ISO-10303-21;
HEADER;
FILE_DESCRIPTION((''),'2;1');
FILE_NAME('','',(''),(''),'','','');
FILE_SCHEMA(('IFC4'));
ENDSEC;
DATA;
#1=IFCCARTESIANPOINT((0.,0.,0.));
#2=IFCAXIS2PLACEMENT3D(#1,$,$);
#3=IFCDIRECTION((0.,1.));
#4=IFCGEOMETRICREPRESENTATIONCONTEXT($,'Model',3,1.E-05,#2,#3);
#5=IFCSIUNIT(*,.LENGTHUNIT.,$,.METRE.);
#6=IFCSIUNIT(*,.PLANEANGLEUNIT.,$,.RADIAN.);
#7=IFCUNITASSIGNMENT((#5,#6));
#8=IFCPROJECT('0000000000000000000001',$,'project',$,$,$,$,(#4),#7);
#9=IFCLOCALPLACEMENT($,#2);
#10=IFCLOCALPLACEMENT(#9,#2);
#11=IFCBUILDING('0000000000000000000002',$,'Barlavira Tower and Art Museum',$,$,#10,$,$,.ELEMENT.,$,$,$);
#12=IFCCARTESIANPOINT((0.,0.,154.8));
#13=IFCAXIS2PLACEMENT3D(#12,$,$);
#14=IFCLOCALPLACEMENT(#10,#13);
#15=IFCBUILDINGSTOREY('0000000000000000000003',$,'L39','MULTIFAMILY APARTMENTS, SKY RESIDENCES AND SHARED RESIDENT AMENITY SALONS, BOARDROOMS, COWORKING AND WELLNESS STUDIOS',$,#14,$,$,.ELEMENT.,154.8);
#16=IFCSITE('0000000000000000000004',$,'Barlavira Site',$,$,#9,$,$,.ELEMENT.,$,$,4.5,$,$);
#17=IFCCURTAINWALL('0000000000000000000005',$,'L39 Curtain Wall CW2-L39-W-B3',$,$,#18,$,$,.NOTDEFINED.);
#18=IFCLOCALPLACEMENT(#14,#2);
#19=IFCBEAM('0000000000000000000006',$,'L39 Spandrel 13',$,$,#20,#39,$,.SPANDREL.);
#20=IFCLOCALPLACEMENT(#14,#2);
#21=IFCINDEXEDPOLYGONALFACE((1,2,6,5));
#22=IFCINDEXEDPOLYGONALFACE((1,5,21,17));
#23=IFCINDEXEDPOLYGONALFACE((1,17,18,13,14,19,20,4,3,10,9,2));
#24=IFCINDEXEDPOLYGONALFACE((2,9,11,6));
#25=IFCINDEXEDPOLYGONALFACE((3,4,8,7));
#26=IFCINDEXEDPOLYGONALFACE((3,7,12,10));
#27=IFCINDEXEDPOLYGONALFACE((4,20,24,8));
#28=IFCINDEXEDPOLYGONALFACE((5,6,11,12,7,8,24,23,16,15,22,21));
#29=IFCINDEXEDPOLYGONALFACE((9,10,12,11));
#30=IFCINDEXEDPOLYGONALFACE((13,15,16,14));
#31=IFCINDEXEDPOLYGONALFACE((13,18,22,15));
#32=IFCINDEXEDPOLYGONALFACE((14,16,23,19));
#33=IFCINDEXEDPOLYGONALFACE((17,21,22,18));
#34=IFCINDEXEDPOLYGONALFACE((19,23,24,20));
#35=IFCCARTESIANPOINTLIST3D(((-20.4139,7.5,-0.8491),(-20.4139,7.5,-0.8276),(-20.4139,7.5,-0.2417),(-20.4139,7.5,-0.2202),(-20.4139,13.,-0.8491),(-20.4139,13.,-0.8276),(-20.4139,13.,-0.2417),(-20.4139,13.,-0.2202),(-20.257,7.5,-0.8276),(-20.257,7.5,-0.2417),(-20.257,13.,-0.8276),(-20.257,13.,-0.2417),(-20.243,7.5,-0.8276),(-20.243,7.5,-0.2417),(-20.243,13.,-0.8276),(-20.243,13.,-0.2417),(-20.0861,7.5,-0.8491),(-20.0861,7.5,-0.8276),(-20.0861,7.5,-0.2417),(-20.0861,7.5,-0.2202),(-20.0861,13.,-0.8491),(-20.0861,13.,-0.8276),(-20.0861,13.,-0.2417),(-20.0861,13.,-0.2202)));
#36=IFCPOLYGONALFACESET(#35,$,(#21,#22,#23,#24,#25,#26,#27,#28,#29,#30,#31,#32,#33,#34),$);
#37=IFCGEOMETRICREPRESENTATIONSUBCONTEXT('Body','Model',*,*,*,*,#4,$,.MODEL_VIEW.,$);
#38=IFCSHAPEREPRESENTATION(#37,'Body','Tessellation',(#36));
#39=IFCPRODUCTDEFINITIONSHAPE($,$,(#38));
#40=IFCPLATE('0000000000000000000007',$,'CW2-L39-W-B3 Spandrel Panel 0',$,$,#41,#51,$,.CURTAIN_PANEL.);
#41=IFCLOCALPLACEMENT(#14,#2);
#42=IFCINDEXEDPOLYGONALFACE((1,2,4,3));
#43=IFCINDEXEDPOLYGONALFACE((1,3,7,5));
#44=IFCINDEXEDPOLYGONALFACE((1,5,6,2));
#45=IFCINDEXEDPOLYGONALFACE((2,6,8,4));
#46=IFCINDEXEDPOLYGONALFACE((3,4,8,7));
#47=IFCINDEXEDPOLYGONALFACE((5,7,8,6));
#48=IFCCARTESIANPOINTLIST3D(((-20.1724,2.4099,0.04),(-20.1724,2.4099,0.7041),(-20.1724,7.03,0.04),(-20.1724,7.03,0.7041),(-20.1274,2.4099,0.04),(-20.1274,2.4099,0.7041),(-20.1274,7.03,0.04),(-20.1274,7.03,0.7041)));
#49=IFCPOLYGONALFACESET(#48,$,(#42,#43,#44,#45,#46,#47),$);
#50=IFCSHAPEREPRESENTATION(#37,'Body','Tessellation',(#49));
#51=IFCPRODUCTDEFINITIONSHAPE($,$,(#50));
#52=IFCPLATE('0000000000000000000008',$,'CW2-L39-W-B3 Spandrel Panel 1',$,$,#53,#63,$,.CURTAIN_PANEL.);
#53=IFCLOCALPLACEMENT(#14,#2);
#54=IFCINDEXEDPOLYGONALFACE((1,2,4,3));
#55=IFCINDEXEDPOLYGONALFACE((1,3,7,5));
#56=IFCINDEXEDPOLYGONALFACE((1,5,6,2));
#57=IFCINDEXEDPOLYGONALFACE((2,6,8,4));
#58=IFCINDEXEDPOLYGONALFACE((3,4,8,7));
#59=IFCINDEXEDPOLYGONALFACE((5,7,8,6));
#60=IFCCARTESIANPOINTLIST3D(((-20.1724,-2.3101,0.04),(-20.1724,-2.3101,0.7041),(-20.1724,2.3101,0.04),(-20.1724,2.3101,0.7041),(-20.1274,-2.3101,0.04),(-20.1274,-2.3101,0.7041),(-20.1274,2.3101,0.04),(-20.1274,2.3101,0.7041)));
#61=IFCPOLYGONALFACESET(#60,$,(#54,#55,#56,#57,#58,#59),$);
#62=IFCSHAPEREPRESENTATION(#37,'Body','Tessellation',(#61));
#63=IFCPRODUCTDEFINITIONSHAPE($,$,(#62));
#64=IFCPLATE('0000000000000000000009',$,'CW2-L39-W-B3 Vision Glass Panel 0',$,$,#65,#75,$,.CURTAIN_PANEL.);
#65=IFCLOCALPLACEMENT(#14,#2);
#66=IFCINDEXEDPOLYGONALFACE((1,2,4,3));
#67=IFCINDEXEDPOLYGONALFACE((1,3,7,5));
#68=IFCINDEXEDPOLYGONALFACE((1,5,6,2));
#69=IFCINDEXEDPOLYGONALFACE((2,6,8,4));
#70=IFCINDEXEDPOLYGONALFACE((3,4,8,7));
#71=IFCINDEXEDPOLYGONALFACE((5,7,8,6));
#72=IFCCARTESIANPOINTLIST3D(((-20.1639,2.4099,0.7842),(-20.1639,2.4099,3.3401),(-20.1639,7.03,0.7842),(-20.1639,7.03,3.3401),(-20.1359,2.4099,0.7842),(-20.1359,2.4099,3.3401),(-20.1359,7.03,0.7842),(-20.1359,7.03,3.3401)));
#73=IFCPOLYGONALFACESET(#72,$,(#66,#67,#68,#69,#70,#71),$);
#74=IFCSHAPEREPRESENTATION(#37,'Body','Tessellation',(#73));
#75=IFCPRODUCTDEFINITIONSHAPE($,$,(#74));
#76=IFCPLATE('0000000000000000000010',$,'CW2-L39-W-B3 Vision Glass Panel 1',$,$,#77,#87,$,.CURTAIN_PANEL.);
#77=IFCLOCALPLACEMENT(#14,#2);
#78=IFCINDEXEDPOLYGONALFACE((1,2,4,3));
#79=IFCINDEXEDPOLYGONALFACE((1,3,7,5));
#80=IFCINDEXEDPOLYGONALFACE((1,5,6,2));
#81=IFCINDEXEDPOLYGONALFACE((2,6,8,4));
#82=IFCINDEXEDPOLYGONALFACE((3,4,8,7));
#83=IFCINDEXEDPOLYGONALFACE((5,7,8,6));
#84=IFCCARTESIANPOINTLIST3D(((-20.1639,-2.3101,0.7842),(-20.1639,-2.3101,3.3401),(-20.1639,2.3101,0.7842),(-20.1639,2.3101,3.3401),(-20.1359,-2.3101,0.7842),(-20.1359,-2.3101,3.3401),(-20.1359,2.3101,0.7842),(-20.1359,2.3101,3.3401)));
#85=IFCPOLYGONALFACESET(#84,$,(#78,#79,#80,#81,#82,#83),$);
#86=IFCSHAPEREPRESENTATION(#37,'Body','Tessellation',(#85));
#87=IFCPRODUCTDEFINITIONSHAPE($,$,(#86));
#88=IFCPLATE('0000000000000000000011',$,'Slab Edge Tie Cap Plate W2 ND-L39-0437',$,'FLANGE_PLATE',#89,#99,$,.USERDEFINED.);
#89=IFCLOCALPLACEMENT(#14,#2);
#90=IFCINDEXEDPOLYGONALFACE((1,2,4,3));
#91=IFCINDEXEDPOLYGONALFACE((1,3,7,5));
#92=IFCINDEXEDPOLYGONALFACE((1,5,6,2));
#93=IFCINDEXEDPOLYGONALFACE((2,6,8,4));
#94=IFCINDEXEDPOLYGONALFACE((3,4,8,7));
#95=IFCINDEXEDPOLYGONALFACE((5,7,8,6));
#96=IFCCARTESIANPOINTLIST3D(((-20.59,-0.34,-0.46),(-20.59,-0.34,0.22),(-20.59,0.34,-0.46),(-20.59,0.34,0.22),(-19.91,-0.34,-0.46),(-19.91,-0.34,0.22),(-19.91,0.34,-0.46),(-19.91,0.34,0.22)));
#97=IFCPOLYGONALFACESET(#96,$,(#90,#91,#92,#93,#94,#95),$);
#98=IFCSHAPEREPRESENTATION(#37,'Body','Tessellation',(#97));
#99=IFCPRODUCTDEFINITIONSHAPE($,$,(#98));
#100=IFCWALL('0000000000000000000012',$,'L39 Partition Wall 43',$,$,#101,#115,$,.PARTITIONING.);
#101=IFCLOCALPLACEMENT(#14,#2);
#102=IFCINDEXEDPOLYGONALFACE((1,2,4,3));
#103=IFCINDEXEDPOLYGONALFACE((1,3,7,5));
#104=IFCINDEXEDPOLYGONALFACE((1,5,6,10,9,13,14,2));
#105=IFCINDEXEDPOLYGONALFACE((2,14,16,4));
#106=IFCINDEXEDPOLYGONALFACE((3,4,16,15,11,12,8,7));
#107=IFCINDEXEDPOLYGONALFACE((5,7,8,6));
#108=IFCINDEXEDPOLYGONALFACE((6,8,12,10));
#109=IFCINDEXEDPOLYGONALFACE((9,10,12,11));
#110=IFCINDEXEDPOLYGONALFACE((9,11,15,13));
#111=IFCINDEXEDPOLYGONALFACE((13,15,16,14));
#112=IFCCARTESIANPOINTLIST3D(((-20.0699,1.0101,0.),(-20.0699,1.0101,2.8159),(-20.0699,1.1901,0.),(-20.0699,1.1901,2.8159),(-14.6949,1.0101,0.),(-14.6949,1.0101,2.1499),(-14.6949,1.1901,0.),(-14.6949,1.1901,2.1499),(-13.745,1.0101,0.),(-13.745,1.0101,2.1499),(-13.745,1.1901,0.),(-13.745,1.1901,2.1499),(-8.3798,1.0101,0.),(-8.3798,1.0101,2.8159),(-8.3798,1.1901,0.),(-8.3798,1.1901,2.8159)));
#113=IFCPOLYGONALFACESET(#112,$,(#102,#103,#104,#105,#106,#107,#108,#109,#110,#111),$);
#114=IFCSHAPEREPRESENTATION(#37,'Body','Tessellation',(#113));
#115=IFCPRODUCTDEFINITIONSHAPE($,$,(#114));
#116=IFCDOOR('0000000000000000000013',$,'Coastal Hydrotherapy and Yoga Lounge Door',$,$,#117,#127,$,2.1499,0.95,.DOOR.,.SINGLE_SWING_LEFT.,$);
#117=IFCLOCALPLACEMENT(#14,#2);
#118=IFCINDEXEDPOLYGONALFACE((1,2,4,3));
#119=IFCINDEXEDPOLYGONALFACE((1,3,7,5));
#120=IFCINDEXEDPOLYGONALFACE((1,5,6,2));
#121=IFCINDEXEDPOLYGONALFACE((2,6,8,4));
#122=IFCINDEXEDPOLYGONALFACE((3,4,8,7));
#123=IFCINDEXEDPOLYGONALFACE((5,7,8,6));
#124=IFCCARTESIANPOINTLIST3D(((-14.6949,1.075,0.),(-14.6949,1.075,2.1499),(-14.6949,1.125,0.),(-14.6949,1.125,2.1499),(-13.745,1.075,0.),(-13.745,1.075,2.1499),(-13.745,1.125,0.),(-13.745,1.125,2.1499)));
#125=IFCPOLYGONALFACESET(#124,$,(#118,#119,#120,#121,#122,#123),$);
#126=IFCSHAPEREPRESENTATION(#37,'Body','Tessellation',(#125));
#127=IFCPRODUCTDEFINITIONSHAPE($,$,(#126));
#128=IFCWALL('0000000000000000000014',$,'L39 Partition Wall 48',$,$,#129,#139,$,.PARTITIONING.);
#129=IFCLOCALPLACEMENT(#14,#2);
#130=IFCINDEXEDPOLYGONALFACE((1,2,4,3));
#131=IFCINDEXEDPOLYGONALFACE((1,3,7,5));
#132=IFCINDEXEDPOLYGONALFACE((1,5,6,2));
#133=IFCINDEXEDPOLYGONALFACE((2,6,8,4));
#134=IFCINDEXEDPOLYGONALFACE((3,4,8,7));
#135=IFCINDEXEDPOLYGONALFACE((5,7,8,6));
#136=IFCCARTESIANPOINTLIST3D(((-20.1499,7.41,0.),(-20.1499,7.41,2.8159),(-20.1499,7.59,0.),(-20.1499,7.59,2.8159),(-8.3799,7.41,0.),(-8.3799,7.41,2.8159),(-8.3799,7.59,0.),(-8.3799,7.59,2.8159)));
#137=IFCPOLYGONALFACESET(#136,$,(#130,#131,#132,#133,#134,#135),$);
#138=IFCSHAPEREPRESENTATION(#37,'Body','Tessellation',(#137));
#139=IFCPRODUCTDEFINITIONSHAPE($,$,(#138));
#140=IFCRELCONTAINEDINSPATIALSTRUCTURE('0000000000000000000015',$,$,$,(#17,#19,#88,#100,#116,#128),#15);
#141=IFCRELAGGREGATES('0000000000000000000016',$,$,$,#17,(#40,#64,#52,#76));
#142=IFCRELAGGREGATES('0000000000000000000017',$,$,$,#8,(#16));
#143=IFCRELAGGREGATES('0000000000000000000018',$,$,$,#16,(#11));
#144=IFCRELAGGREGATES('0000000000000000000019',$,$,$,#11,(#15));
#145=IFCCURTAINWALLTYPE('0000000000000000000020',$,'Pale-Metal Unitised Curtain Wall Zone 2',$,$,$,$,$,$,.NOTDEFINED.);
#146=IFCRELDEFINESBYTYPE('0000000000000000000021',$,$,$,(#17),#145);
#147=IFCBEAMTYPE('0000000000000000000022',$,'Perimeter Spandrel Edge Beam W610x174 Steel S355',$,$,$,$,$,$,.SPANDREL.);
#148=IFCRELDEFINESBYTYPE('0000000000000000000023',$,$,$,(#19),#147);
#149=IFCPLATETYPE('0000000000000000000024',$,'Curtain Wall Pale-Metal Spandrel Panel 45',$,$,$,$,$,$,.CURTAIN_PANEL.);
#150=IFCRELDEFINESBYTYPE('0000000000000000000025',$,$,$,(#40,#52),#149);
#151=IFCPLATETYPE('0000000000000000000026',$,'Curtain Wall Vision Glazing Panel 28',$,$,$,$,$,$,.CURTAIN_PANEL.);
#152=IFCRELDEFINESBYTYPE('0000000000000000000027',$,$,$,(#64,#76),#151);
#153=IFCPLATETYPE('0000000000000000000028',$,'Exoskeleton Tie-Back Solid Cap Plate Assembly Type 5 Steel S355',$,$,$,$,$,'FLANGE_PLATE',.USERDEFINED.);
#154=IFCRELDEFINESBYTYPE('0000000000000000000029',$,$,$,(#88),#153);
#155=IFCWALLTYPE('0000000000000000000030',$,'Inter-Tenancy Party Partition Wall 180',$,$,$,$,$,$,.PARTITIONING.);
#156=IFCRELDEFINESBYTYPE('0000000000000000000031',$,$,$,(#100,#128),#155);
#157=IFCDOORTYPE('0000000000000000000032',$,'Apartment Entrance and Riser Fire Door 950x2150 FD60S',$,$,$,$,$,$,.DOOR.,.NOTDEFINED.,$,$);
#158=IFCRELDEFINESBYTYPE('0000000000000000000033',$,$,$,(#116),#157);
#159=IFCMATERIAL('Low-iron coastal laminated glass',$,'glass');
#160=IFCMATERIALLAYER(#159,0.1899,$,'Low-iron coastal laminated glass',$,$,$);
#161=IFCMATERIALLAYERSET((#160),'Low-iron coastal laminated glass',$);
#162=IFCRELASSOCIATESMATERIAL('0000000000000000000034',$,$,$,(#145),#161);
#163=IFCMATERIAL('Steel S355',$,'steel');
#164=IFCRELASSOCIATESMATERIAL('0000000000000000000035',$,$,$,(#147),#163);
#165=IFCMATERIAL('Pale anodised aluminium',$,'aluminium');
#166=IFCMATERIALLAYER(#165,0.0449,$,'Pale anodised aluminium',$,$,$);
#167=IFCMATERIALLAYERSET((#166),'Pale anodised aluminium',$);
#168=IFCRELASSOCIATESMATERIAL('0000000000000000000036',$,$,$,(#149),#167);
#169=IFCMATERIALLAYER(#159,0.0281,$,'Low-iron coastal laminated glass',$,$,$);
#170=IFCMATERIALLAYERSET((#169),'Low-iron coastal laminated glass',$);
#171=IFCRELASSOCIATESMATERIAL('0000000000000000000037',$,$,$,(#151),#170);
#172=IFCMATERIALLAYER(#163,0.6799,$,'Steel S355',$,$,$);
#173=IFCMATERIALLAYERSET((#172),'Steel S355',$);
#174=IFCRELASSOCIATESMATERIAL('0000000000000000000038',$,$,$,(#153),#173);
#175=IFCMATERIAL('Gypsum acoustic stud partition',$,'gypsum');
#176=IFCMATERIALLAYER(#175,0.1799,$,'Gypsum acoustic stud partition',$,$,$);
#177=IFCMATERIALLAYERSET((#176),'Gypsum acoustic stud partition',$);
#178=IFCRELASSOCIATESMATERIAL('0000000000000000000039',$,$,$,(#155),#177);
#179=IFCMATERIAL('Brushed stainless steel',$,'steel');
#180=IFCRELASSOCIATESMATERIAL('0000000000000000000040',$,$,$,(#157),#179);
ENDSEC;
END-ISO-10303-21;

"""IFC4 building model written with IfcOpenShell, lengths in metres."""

from ifc_helpers import new_model, si_unit, direction, frame, frame_2d, origin, origin_2d, place, context, subcontext, project, spatial, rectangle, i_section, extrude, material, layer, layer_set, material_profile, profile_set, type_object, element, fill, aggregate, save


model = new_model("IFC4")

# Units and contexts
model_context = context("Model", 3, precision=1e-05, world=origin(), true_north=direction((0.0, 1.0)))
body_context = subcontext(model_context, "Body", "Model", "MODEL_VIEW")
ifc_project = project(units=[si_unit("LENGTHUNIT", "METRE"), si_unit("PLANEANGLEUNIT", "RADIAN")], contexts=[model_context])

# Site, building, storey
site_placement = place(None, origin())
site = spatial("IfcSite", under=ifc_project, at=site_placement, Name="Barlavira Site", CompositionType="ELEMENT", RefElevation=4.5)
building_placement = place(site_placement, origin())
building = spatial("IfcBuilding", under=site, at=building_placement, Name="Barlavira Tower and Art Museum", CompositionType="ELEMENT")
storey_placement = place(building_placement, frame((0.0, 0.0, 154.8)))
storey = spatial("IfcBuildingStorey", under=building, at=storey_placement, Name="L39", Description="MULTIFAMILY APARTMENTS, SKY RESIDENCES AND SHARED RESIDENT AMENITY SALONS, BOARDROOMS, COWORKING AND WELLNESS STUDIOS", CompositionType="ELEMENT", Elevation=154.8)

# Curtain wall
ifc_material_1 = material(Name="Low-iron coastal laminated glass", Category="glass")
ifc_layer_1 = layer(ifc_material_1, 0.1899, Name="Low-iron coastal laminated glass")
ifc_layer_set_1 = layer_set([ifc_layer_1], Name="Low-iron coastal laminated glass")
curtain_wall_type = type_object("IfcCurtainWallType", Name="Pale-Metal Unitised Curtain Wall Zone 2", PredefinedType="NOTDEFINED", material=ifc_layer_set_1)
curtain_wall_placement = place(storey_placement, origin())
curtain_wall = element("IfcCurtainWall", 1, at=curtain_wall_placement, inside=storey, type_object=curtain_wall_type, Name="L39 Curtain Wall CW2-L39-W-B3", PredefinedType="NOTDEFINED")
ifc_material_2 = material(Name="Pale anodised aluminium", Category="aluminium")

# Shared definitions
ifc_material_3 = material(Name="Steel S355", Category="steel")

# Beam
ifc_material_profile_1 = material_profile(ifc_material_3, i_section(OverallWidth=0.3279, OverallDepth=0.6289, WebThickness=0.0139, FlangeThickness=0.0215, at=origin_2d()), Name="W610x174.0")
ifc_profile_set_1 = profile_set([ifc_material_profile_1], Name="Steel S355")
beam_type = type_object("IfcBeamType", Name="Perimeter Spandrel Edge Beam W610x174 Steel S355", PredefinedType="SPANDREL", material=ifc_profile_set_1)
beam_placement = place(storey_placement, frame((-20.25, 7.5, -0.5347), z_axis=(0.0, 1.0, 0.0), x_axis=(-1.0, 0.0, 0.0)))
element("IfcBeam", 2, at=beam_placement, inside=storey, type_object=beam_type, Name="L39 Spandrel 13", PredefinedType="SPANDREL", context=body_context, shape_type="SweptSolid", body=[
    extrude(i_section(OverallWidth=0.3279, OverallDepth=0.6289, WebThickness=0.0139, FlangeThickness=0.0215, at=origin_2d()), origin(), (0.0, 0.0, 1.0), 5.5),
])

# Plates
ifc_layer_2 = layer(ifc_material_2, 0.0449, Name="Pale anodised aluminium")
ifc_layer_set_2 = layer_set([ifc_layer_2], Name="Pale anodised aluminium")
plate_type_1 = type_object("IfcPlateType", Name="Curtain Wall Pale-Metal Spandrel Panel 45", PredefinedType="CURTAIN_PANEL", material=ifc_layer_set_2)
plate_1_placement = place(storey_placement, frame((-20.1499, 4.72, 0.04), z_axis=(0.0, 0.0, 1.0), x_axis=(0.0, -1.0, 0.0)))
plate_1 = element("IfcPlate", 3, at=plate_1_placement, type_object=plate_type_1, Name="CW2-L39-W-B3 Spandrel Panel 0", PredefinedType="CURTAIN_PANEL", context=body_context, shape_type="SweptSolid", body=[
    extrude(rectangle(XDim=4.6201, YDim=0.0449, at=origin_2d()), origin(), (0.0, 0.0, 1.0), 0.6641),
])
plate_2_placement = place(storey_placement, frame((-20.1499, 0.0, 0.04), z_axis=(0.0, 0.0, 1.0), x_axis=(0.0, -1.0, 0.0)))
plate_2 = element("IfcPlate", 4, at=plate_2_placement, type_object=plate_type_1, Name="CW2-L39-W-B3 Spandrel Panel 1", PredefinedType="CURTAIN_PANEL", context=body_context, shape_type="SweptSolid", body=[
    extrude(rectangle(XDim=4.6201, YDim=0.0449, at=origin_2d()), origin(), (0.0, 0.0, 1.0), 0.6641),
])
ifc_layer_3 = layer(ifc_material_1, 0.0281, Name="Low-iron coastal laminated glass")
ifc_layer_set_3 = layer_set([ifc_layer_3], Name="Low-iron coastal laminated glass")
plate_type_2 = type_object("IfcPlateType", Name="Curtain Wall Vision Glazing Panel 28", PredefinedType="CURTAIN_PANEL", material=ifc_layer_set_3)
plate_3_placement = place(storey_placement, frame((-20.1499, 4.72, 0.7842), z_axis=(0.0, 0.0, 1.0), x_axis=(0.0, -1.0, 0.0)))
plate_3 = element("IfcPlate", 5, at=plate_3_placement, type_object=plate_type_2, Name="CW2-L39-W-B3 Vision Glass Panel 0", PredefinedType="CURTAIN_PANEL", context=body_context, shape_type="SweptSolid", body=[
    extrude(rectangle(XDim=4.6201, YDim=0.0281, at=origin_2d()), origin(), (0.0, 0.0, 1.0), 2.5559),
])
plate_4_placement = place(storey_placement, frame((-20.1499, 0.0, 0.7842), z_axis=(0.0, 0.0, 1.0), x_axis=(0.0, -1.0, 0.0)))
plate_4 = element("IfcPlate", 6, at=plate_4_placement, type_object=plate_type_2, Name="CW2-L39-W-B3 Vision Glass Panel 1", PredefinedType="CURTAIN_PANEL", context=body_context, shape_type="SweptSolid", body=[
    extrude(rectangle(XDim=4.6201, YDim=0.0281, at=origin_2d()), origin(), (0.0, 0.0, 1.0), 2.5559),
])
aggregate(curtain_wall, [plate_1, plate_3, plate_2, plate_4])
ifc_layer_4 = layer(ifc_material_3, 0.6799, Name="Steel S355")
ifc_layer_set_4 = layer_set([ifc_layer_4], Name="Steel S355")
plate_type_3 = type_object("IfcPlateType", Name="Exoskeleton Tie-Back Solid Cap Plate Assembly Type 5 Steel S355", ElementType="FLANGE_PLATE", PredefinedType="USERDEFINED", material=ifc_layer_set_4)
plate_5_placement = place(storey_placement, frame((-20.25, 0.0, -0.46), z_axis=(0.0, 0.0, 1.0), x_axis=(1.0, 0.0, 0.0)))
element("IfcPlate", 7, at=plate_5_placement, inside=storey, type_object=plate_type_3, Name="Slab Edge Tie Cap Plate W2 ND-L39-0437", ObjectType="FLANGE_PLATE", PredefinedType="USERDEFINED", context=body_context, shape_type="SweptSolid", body=[
    extrude(rectangle(XDim=0.6799, YDim=0.6799, at=origin_2d()), origin(), (0.0, 0.0, 1.0), 0.6799),
])

# Wall, opening, door
ifc_material_4 = material(Name="Gypsum acoustic stud partition", Category="gypsum")
ifc_layer_5 = layer(ifc_material_4, 0.1799, Name="Gypsum acoustic stud partition")
ifc_layer_set_5 = layer_set([ifc_layer_5], Name="Gypsum acoustic stud partition")
wall_type = type_object("IfcWallType", Name="Inter-Tenancy Party Partition Wall 180", PredefinedType="PARTITIONING", material=ifc_layer_set_5)
wall_1_placement = place(storey_placement, frame((-20.0701, 1.1001, 0.0), z_axis=(0.0, 0.0, 1.0), x_axis=(1.0, 0.0, 0.0)))
wall_1 = element("IfcWall", 8, at=wall_1_placement, inside=storey, type_object=wall_type, Name="L39 Partition Wall 43", PredefinedType="PARTITIONING", context=body_context, shape_type="SweptSolid", body=[
    extrude(rectangle(XDim=11.6902, YDim=0.1799, at=frame_2d((5.8452, 0.0))), origin(), (0.0, 0.0, 1.0), 2.8159),
])
opening_placement = place(wall_1_placement, frame((5.375, 0.0, 0.0)))
opening = element("IfcOpeningElement", 9, at=opening_placement, cuts=wall_1, PredefinedType="OPENING", context=body_context, shape_type="SweptSolid", body=[
    extrude(rectangle(XDim=0.95, YDim=2.1499, at=frame_2d((0.4751, 1.075))), frame((0.0, 0.1001, 0.0), z_axis=(0.0, -1.0, 0.0), x_axis=(1.0, 0.0, 0.0)), (0.0, 0.0, 1.0), 0.2),
])
ifc_material_5 = material(Name="Brushed stainless steel", Category="steel")
door_type = type_object("IfcDoorType", Name="Apartment Entrance and Riser Fire Door 950x2150 FD60S", OperationType="NOTDEFINED", PredefinedType="DOOR", material=ifc_material_5)
door_placement = place(opening_placement, origin())
door = element("IfcDoor", 10, at=door_placement, inside=storey, type_object=door_type, Name="Coastal Hydrotherapy and Yoga Lounge Door", OperationType="SINGLE_SWING_LEFT", OverallHeight=2.1499, OverallWidth=0.95, PredefinedType="DOOR", context=body_context, shape_type="SweptSolid", body=[
    extrude(rectangle(XDim=0.95, YDim=2.1499, at=frame_2d((0.4751, 1.075))), frame((0.0, 0.0249, 0.0), z_axis=(0.0, -1.0, 0.0), x_axis=(1.0, 0.0, 0.0)), (0.0, 0.0, 1.0), 0.05),
])
fill(opening, door)

# Wall
wall_2_placement = place(storey_placement, frame((-20.1499, 7.5, 0.0), z_axis=(0.0, 0.0, 1.0), x_axis=(1.0, 0.0, 0.0)))
element("IfcWall", 11, at=wall_2_placement, inside=storey, type_object=wall_type, Name="L39 Partition Wall 48", PredefinedType="PARTITIONING", context=body_context, shape_type="SweptSolid", body=[
    extrude(rectangle(XDim=11.77, YDim=0.1799, at=frame_2d((5.885, 0.0))), origin(), (0.0, 0.0, 1.0), 2.8159),
])

save(model, "model.ifc")
